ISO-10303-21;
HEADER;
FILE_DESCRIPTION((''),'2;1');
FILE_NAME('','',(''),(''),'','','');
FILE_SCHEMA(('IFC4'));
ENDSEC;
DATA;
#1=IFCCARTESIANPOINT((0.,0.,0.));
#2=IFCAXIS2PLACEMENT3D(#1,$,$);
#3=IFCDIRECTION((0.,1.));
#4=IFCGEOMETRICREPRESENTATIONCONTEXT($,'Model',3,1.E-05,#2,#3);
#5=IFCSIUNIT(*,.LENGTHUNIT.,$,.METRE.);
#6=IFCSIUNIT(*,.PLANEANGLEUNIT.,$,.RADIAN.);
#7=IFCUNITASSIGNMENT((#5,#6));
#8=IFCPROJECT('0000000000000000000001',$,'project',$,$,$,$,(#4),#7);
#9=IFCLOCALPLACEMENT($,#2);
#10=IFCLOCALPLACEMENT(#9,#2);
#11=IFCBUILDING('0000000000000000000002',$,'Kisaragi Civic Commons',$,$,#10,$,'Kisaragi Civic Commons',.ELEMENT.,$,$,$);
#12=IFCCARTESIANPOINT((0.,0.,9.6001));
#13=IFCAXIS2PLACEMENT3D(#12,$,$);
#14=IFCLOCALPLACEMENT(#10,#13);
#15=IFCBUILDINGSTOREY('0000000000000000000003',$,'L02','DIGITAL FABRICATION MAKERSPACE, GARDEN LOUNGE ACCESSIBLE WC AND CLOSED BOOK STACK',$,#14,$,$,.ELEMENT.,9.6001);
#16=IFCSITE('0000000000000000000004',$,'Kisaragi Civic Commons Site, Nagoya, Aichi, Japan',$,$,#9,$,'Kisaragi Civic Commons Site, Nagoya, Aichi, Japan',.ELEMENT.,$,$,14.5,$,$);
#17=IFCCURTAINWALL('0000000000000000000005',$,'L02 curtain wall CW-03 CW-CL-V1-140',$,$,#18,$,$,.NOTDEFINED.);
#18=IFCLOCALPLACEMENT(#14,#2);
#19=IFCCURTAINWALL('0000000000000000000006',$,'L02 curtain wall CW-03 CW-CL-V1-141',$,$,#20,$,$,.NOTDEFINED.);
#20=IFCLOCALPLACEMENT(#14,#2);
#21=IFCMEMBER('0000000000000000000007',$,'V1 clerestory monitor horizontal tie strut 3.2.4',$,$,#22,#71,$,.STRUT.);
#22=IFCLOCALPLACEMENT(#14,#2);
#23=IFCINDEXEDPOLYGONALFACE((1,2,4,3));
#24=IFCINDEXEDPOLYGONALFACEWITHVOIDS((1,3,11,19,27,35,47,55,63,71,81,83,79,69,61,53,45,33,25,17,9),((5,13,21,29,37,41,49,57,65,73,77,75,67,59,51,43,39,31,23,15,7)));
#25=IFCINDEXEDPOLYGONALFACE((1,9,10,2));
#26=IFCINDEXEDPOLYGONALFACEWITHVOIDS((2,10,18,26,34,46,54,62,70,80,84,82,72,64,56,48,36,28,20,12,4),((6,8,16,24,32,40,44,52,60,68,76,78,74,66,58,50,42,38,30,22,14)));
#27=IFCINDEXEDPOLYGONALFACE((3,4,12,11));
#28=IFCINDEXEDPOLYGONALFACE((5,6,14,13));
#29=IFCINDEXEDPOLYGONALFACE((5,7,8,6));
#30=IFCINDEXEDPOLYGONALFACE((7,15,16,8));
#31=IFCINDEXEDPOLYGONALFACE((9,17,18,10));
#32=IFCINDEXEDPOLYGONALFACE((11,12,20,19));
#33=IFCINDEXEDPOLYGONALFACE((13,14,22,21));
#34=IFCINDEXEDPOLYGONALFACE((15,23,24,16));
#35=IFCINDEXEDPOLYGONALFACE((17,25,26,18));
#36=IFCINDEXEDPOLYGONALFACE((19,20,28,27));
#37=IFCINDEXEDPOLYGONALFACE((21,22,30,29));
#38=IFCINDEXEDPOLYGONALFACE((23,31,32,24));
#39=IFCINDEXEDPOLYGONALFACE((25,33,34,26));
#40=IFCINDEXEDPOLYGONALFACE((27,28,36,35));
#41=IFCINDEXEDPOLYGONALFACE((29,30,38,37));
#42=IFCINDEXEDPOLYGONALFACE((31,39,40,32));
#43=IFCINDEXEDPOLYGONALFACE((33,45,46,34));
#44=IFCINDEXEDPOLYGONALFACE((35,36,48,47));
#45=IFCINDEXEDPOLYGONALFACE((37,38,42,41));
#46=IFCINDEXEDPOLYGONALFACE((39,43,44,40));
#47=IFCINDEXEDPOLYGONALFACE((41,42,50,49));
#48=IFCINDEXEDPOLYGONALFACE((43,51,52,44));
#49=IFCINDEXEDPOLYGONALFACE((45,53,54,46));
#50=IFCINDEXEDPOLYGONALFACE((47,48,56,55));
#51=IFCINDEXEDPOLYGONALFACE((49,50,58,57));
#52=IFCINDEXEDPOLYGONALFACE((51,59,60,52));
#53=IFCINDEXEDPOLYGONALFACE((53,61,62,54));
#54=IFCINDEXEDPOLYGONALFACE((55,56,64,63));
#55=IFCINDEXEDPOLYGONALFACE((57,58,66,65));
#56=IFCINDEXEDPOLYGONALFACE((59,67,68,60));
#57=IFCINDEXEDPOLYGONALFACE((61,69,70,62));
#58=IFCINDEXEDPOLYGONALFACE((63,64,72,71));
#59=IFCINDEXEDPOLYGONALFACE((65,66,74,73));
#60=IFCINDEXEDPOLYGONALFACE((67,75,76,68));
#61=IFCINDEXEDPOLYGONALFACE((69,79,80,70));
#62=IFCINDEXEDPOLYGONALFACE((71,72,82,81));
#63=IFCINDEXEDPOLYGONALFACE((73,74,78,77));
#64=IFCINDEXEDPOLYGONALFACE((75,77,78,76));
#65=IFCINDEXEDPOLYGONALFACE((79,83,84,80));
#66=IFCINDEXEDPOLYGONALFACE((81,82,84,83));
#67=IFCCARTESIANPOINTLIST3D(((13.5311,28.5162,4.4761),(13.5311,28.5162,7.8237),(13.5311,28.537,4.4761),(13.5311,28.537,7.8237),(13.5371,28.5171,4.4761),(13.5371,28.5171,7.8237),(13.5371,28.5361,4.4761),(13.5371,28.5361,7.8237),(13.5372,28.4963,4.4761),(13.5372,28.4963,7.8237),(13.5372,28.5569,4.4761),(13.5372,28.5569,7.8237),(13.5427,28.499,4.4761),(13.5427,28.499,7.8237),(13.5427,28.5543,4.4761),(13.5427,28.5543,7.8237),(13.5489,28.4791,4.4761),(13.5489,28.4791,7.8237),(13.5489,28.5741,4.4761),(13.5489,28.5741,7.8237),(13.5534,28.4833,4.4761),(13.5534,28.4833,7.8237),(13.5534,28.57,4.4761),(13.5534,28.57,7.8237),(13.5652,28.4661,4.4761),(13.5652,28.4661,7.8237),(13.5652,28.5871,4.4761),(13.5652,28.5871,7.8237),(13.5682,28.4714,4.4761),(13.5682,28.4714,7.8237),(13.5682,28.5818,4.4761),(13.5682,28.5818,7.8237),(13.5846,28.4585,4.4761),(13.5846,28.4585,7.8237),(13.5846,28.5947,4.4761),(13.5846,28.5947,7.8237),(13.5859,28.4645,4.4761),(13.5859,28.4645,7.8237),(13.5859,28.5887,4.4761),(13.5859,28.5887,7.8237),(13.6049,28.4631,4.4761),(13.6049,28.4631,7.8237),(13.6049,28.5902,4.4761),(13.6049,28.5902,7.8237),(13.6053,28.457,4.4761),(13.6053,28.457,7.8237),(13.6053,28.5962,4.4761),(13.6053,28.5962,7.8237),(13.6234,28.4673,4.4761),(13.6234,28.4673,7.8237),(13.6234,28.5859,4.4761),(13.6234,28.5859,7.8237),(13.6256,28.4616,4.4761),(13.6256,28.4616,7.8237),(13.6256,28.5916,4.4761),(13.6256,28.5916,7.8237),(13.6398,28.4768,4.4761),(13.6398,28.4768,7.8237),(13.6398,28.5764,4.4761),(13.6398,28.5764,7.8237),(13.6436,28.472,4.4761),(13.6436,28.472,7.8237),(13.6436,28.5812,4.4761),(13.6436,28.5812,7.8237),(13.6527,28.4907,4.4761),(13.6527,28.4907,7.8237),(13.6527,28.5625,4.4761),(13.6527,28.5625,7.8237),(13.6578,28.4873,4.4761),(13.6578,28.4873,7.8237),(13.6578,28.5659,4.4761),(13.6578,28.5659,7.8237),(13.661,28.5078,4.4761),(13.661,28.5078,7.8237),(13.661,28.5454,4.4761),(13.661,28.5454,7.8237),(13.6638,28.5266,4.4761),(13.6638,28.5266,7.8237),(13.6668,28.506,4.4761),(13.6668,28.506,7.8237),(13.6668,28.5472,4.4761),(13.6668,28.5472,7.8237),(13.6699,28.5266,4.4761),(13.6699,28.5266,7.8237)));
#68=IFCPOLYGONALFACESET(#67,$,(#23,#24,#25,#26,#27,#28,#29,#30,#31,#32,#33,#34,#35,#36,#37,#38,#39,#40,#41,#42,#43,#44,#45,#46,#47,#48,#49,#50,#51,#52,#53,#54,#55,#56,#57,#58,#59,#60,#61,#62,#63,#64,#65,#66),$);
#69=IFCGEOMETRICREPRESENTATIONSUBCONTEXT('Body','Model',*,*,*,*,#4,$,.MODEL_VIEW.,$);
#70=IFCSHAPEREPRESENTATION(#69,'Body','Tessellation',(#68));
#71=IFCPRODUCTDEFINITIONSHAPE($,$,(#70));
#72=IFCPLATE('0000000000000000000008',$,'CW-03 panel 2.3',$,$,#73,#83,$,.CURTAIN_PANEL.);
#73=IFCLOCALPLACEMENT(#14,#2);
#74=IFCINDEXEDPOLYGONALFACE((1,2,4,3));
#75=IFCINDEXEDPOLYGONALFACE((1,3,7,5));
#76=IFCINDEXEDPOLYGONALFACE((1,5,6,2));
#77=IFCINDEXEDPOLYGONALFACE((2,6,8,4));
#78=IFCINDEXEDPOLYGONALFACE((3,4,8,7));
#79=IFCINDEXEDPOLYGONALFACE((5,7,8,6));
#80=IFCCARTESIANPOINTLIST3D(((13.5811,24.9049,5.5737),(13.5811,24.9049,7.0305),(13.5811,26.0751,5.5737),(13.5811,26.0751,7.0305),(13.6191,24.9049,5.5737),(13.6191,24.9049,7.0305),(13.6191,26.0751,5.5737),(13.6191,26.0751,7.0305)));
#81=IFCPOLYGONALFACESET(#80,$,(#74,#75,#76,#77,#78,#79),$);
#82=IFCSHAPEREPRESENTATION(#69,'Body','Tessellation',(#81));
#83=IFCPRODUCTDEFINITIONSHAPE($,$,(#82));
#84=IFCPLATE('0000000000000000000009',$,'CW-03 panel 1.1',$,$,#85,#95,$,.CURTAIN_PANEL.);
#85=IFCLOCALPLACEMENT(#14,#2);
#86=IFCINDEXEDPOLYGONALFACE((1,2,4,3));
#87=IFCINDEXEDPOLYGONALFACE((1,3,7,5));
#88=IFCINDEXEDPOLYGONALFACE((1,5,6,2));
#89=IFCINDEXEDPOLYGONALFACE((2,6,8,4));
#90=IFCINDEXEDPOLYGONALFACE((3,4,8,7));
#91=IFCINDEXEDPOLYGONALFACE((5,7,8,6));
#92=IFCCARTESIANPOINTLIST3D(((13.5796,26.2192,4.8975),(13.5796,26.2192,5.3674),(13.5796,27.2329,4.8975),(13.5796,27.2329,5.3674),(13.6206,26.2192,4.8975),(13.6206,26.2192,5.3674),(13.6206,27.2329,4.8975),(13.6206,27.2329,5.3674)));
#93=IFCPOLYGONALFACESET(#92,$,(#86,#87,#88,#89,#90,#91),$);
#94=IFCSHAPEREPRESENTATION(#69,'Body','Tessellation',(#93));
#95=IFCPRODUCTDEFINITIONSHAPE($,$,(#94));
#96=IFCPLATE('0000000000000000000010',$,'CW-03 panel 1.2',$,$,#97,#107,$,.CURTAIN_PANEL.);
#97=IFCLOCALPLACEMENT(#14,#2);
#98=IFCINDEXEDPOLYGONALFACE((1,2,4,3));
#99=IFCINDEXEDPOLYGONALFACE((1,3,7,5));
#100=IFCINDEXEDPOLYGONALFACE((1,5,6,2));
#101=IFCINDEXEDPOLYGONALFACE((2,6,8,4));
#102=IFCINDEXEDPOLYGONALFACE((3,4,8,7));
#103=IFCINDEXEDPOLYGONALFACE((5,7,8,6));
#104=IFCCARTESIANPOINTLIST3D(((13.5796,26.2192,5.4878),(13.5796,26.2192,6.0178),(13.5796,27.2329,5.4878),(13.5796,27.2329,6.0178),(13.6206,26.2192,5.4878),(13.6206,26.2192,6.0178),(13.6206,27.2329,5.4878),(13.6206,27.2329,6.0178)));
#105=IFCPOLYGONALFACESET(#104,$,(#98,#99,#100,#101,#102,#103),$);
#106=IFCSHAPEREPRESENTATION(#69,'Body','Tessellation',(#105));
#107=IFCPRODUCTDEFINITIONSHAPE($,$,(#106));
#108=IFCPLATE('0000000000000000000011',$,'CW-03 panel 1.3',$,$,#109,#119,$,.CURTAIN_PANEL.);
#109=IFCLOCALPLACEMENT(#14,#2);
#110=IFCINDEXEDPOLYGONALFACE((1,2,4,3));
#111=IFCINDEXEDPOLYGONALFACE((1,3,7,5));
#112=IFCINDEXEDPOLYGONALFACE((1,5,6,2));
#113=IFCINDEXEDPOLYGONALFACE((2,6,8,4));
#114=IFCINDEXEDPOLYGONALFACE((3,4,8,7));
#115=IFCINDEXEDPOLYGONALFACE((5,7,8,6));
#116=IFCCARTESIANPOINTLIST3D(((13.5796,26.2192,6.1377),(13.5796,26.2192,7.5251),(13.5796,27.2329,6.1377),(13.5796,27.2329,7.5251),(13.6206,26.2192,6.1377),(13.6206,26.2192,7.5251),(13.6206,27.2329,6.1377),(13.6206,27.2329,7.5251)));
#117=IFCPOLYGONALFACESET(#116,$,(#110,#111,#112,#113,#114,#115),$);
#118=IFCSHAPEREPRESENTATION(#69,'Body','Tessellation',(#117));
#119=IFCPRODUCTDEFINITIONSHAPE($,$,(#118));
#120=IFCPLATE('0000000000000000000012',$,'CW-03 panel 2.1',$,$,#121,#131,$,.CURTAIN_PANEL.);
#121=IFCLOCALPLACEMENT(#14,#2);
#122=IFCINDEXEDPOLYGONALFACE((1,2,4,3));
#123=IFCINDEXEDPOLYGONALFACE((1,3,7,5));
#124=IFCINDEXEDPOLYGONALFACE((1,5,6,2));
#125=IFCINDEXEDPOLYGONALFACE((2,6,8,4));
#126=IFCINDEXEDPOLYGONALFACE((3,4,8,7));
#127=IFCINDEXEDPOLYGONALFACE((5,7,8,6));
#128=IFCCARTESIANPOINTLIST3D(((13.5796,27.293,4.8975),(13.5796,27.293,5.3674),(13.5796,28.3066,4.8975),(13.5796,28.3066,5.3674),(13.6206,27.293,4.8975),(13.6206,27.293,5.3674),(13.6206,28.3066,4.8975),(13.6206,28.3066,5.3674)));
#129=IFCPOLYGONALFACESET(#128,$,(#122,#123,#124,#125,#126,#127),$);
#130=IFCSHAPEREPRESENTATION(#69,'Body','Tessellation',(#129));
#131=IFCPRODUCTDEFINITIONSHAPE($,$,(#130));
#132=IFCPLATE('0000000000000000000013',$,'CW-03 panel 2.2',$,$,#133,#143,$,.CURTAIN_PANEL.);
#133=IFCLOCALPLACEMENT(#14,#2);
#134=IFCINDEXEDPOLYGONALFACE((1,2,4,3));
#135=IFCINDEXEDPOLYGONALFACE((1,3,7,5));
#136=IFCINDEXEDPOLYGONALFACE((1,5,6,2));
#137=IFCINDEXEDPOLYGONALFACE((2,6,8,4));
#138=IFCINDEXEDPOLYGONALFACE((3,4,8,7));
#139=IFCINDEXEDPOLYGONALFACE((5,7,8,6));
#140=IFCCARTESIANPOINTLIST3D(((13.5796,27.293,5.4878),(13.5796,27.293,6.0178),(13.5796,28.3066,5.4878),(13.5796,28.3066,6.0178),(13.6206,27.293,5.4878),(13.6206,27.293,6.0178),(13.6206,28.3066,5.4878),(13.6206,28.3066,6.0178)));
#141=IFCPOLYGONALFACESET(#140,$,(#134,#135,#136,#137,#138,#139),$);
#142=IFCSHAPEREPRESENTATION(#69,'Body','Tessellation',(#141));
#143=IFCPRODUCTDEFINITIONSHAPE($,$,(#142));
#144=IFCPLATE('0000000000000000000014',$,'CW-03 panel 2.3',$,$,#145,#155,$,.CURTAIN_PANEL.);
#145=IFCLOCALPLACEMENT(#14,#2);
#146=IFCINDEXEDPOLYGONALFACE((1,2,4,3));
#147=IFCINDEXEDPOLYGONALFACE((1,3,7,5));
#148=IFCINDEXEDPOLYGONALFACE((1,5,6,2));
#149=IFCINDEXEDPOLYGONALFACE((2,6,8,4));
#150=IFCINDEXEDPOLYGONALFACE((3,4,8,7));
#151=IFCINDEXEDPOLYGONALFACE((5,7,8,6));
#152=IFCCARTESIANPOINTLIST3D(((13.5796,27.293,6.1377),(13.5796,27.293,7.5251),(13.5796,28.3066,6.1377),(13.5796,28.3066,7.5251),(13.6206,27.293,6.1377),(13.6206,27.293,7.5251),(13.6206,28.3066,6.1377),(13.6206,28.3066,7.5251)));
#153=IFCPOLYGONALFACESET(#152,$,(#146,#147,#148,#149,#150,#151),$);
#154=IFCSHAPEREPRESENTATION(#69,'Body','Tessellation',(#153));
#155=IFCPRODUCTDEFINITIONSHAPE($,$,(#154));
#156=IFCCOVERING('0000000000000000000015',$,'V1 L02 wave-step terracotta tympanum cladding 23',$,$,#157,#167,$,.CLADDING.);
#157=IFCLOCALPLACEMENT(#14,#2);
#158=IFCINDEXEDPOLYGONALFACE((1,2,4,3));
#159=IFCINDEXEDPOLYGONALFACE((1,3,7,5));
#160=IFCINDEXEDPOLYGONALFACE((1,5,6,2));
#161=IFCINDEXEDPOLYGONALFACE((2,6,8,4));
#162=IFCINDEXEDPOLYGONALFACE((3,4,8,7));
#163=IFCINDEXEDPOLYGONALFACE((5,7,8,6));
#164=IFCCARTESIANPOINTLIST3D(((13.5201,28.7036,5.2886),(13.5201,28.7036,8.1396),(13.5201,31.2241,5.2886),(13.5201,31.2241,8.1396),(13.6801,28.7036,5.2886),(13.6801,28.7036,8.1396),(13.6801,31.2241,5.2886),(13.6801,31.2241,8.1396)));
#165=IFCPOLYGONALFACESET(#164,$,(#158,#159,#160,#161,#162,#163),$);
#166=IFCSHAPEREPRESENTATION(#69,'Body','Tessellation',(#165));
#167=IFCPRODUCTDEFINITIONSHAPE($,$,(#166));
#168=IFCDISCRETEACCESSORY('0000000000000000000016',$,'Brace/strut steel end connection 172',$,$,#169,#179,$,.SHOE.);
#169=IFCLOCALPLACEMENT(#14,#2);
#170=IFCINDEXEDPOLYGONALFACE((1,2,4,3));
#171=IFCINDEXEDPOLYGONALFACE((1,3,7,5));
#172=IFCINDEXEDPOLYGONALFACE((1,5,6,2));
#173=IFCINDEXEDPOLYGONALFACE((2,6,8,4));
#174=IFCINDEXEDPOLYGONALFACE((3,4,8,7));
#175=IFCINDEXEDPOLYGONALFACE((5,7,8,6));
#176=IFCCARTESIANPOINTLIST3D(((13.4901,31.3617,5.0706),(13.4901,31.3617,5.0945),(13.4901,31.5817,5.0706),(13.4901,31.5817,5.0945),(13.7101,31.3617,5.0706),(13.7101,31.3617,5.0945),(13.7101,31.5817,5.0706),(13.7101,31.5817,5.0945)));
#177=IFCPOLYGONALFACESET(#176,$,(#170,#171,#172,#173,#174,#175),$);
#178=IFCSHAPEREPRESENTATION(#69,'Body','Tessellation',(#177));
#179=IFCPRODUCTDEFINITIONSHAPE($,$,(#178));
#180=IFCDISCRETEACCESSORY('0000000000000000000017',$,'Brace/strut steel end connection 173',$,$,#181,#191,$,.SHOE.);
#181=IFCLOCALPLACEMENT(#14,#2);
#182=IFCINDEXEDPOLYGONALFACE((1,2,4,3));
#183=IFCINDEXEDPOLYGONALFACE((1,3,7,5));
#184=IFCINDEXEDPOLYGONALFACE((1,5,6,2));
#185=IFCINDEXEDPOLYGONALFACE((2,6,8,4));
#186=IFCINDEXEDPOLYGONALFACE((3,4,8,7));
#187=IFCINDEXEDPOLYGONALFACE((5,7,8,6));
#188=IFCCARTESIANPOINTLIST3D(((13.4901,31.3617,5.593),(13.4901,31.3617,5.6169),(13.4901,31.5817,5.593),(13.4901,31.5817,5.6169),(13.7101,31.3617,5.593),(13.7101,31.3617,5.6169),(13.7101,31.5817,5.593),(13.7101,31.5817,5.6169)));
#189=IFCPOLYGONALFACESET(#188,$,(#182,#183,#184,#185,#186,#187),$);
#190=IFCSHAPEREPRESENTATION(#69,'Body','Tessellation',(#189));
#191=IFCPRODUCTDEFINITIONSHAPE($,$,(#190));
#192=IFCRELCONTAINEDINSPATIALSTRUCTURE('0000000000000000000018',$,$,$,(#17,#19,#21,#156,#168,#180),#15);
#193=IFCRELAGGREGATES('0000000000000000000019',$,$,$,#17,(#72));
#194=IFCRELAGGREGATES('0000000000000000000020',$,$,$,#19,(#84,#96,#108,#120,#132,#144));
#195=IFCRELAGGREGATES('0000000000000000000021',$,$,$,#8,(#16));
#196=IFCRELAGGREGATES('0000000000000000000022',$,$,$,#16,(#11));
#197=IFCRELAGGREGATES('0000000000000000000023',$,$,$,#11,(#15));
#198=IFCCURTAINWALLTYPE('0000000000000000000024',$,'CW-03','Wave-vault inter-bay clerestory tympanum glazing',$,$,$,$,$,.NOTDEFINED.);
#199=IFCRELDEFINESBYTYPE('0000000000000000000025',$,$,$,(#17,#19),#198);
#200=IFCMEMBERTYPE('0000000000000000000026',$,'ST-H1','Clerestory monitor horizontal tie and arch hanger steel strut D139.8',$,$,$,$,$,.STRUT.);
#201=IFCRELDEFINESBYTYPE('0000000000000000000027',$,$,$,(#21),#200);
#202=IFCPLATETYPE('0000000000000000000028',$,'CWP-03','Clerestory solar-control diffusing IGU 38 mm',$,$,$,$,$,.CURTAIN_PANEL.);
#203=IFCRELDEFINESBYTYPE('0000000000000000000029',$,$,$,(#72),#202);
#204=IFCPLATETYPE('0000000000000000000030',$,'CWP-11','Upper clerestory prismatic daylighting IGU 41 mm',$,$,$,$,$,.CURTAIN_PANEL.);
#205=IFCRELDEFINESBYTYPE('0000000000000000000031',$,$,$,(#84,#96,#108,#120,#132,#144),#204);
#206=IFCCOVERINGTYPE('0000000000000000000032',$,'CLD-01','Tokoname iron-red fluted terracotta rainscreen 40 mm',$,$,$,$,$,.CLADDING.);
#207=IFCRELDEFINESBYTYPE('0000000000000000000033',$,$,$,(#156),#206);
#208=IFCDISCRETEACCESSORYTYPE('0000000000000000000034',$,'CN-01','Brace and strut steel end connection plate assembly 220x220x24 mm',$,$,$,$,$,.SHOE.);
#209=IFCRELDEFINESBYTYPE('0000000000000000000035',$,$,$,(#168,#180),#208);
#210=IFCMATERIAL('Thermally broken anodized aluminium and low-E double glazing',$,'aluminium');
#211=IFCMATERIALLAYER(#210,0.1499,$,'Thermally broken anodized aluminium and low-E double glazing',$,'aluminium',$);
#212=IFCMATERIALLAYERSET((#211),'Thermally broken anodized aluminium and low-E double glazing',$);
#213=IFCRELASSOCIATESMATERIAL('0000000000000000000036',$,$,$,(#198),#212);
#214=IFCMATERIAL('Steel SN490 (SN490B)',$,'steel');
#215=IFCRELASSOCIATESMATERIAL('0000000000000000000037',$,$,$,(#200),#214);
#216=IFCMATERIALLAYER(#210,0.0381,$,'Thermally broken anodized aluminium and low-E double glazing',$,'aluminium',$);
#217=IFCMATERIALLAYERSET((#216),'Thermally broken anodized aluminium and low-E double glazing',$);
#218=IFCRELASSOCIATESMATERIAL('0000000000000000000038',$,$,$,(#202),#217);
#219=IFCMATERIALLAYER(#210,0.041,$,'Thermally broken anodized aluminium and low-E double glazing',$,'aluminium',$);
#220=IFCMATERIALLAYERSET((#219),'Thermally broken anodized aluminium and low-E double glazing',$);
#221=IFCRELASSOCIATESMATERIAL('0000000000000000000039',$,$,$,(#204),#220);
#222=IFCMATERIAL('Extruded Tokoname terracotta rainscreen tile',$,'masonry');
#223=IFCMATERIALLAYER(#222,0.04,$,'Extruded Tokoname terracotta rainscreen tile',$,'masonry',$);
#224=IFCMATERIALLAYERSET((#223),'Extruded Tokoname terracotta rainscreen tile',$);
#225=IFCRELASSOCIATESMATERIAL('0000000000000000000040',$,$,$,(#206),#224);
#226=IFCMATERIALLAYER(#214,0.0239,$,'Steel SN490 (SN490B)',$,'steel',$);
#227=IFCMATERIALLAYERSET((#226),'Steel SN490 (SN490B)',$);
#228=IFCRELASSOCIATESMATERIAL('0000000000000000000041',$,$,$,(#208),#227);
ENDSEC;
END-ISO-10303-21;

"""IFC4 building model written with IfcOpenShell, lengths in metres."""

from ifc_helpers import new_model, si_unit, direction, frame, origin, origin_2d, place, context, subcontext, project, spatial, rectangle, hollow_circle, extrude, material, layer, layer_set, material_profile, profile_set, type_object, element, aggregate, save


model = new_model("IFC4")

# Units and contexts
model_context = context("Model", 3, precision=1e-05, world=origin(), true_north=direction((0.0, 1.0)))
body_context = subcontext(model_context, "Body", "Model", "MODEL_VIEW")
ifc_project = project(units=[si_unit("LENGTHUNIT", "METRE"), si_unit("PLANEANGLEUNIT", "RADIAN")], contexts=[model_context])

# Site, building, storey
site_placement = place(None, origin())
site = spatial("IfcSite", under=ifc_project, at=site_placement, Name="Kisaragi Civic Commons Site, Nagoya, Aichi, Japan", LongName="Kisaragi Civic Commons Site, Nagoya, Aichi, Japan", CompositionType="ELEMENT", RefElevation=14.5)
building_placement = place(site_placement, origin())
building = spatial("IfcBuilding", under=site, at=building_placement, Name="Kisaragi Civic Commons", LongName="Kisaragi Civic Commons", CompositionType="ELEMENT")
storey_placement = place(building_placement, frame((0.0, 0.0, 9.6001)))
storey = spatial("IfcBuildingStorey", under=building, at=storey_placement, Name="L02", Description="DIGITAL FABRICATION MAKERSPACE, GARDEN LOUNGE ACCESSIBLE WC AND CLOSED BOOK STACK", CompositionType="ELEMENT", Elevation=9.6001)

# Curtain wall
ifc_material_1 = material(Name="Thermally broken anodized aluminium and low-E double glazing", Category="aluminium")
ifc_layer_1 = layer(ifc_material_1, 0.1499, Name="Thermally broken anodized aluminium and low-E double glazing", Category="aluminium")
ifc_layer_set_1 = layer_set([ifc_layer_1], Name="Thermally broken anodized aluminium and low-E double glazing")
curtain_wall_type = type_object("IfcCurtainWallType", Name="CW-03", Description="Wave-vault inter-bay clerestory tympanum glazing", PredefinedType="NOTDEFINED", material=ifc_layer_set_1)
curtain_wall_1_placement = place(storey_placement, origin())
curtain_wall_1 = element("IfcCurtainWall", 1, at=curtain_wall_1_placement, inside=storey, type_object=curtain_wall_type, Name="L02 curtain wall CW-03 CW-CL-V1-140", PredefinedType="NOTDEFINED")

# Curtain wall
curtain_wall_2_placement = place(storey_placement, origin())
curtain_wall_2 = element("IfcCurtainWall", 2, at=curtain_wall_2_placement, inside=storey, type_object=curtain_wall_type, Name="L02 curtain wall CW-03 CW-CL-V1-141", PredefinedType="NOTDEFINED")

# Member
ifc_material_2 = material(Name="Steel SN490 (SN490B)", Category="steel")
ifc_material_profile_1 = material_profile(ifc_material_2, hollow_circle(Radius=0.0698, WallThickness=0.0061, at=origin_2d()), Name="CHS-139.8x6.0", Category="steel")
ifc_profile_set_1 = profile_set([ifc_material_profile_1], Name="Steel SN490 (SN490B)")
member_type_1 = type_object("IfcMemberType", Name="ST-H1", Description="Clerestory monitor horizontal tie and arch hanger steel strut D139.8", PredefinedType="STRUT", material=ifc_profile_set_1)
member_1_placement = place(storey_placement, frame((13.6001, 28.5266, 4.4761), z_axis=(0.0, 0.0, 1.0), x_axis=(1.0, 0.0, 0.0)))
element("IfcMember", 3, at=member_1_placement, inside=storey, type_object=member_type_1, Name="V1 clerestory monitor horizontal tie strut 3.2.4", PredefinedType="STRUT", context=body_context, shape_type="SweptSolid", body=[
    extrude(hollow_circle(Radius=0.0698, WallThickness=0.0061, at=origin_2d()), origin(), (0.0, 0.0, 1.0), 3.3477),
])

# Plates
ifc_layer_2 = layer(ifc_material_1, 0.0381, Name="Thermally broken anodized aluminium and low-E double glazing", Category="aluminium")
ifc_layer_set_2 = layer_set([ifc_layer_2], Name="Thermally broken anodized aluminium and low-E double glazing")
plate_type_1 = type_object("IfcPlateType", Name="CWP-03", Description="Clerestory solar-control diffusing IGU 38 mm", PredefinedType="CURTAIN_PANEL", material=ifc_layer_set_2)
plate_1_placement = place(storey_placement, frame((13.6001, 25.49, 5.5737), z_axis=(0.0, 0.0, 1.0), x_axis=(0.0, 1.0, 0.0)))
plate_1 = element("IfcPlate", 4, at=plate_1_placement, type_object=plate_type_1, Name="CW-03 panel 2.3", PredefinedType="CURTAIN_PANEL", context=body_context, shape_type="SweptSolid", body=[
    extrude(rectangle(XDim=1.1702, YDim=0.0381, at=origin_2d()), origin(), (0.0, 0.0, 1.0), 1.4568),
])
aggregate(curtain_wall_1, [plate_1])
ifc_layer_3 = layer(ifc_material_1, 0.041, Name="Thermally broken anodized aluminium and low-E double glazing", Category="aluminium")
ifc_layer_set_3 = layer_set([ifc_layer_3], Name="Thermally broken anodized aluminium and low-E double glazing")
plate_type_2 = type_object("IfcPlateType", Name="CWP-11", Description="Upper clerestory prismatic daylighting IGU 41 mm", PredefinedType="CURTAIN_PANEL", material=ifc_layer_set_3)
plate_2_placement = place(storey_placement, frame((13.6001, 26.7261, 4.8975), z_axis=(0.0, 0.0, 1.0), x_axis=(0.0, 1.0, 0.0)))
plate_2 = element("IfcPlate", 5, at=plate_2_placement, type_object=plate_type_2, Name="CW-03 panel 1.1", PredefinedType="CURTAIN_PANEL", context=body_context, shape_type="SweptSolid", body=[
    extrude(rectangle(XDim=1.0137, YDim=0.041, at=origin_2d()), origin(), (0.0, 0.0, 1.0), 0.47),
])
plate_3_placement = place(storey_placement, frame((13.6001, 26.7261, 5.4878), z_axis=(0.0, 0.0, 1.0), x_axis=(0.0, 1.0, 0.0)))
plate_3 = element("IfcPlate", 6, at=plate_3_placement, type_object=plate_type_2, Name="CW-03 panel 1.2", PredefinedType="CURTAIN_PANEL", context=body_context, shape_type="SweptSolid", body=[
    extrude(rectangle(XDim=1.0137, YDim=0.041, at=origin_2d()), origin(), (0.0, 0.0, 1.0), 0.53),
])
plate_4_placement = place(storey_placement, frame((13.6001, 26.7261, 6.1377), z_axis=(0.0, 0.0, 1.0), x_axis=(0.0, 1.0, 0.0)))
plate_4 = element("IfcPlate", 7, at=plate_4_placement, type_object=plate_type_2, Name="CW-03 panel 1.3", PredefinedType="CURTAIN_PANEL", context=body_context, shape_type="SweptSolid", body=[
    extrude(rectangle(XDim=1.0137, YDim=0.041, at=origin_2d()), origin(), (0.0, 0.0, 1.0), 1.3875),
])
plate_5_placement = place(storey_placement, frame((13.6001, 27.7998, 4.8975), z_axis=(0.0, 0.0, 1.0), x_axis=(0.0, 1.0, 0.0)))
plate_5 = element("IfcPlate", 8, at=plate_5_placement, type_object=plate_type_2, Name="CW-03 panel 2.1", PredefinedType="CURTAIN_PANEL", context=body_context, shape_type="SweptSolid", body=[
    extrude(rectangle(XDim=1.0137, YDim=0.041, at=origin_2d()), origin(), (0.0, 0.0, 1.0), 0.47),
])
plate_6_placement = place(storey_placement, frame((13.6001, 27.7998, 5.4878), z_axis=(0.0, 0.0, 1.0), x_axis=(0.0, 1.0, 0.0)))
plate_6 = element("IfcPlate", 9, at=plate_6_placement, type_object=plate_type_2, Name="CW-03 panel 2.2", PredefinedType="CURTAIN_PANEL", context=body_context, shape_type="SweptSolid", body=[
    extrude(rectangle(XDim=1.0137, YDim=0.041, at=origin_2d()), origin(), (0.0, 0.0, 1.0), 0.53),
])
plate_7_placement = place(storey_placement, frame((13.6001, 27.7998, 6.1377), z_axis=(0.0, 0.0, 1.0), x_axis=(0.0, 1.0, 0.0)))
plate_7 = element("IfcPlate", 10, at=plate_7_placement, type_object=plate_type_2, Name="CW-03 panel 2.3", PredefinedType="CURTAIN_PANEL", context=body_context, shape_type="SweptSolid", body=[
    extrude(rectangle(XDim=1.0137, YDim=0.041, at=origin_2d()), origin(), (0.0, 0.0, 1.0), 1.3875),
])
aggregate(curtain_wall_2, [plate_2, plate_3, plate_4, plate_5, plate_6, plate_7])

# Covering
ifc_material_3 = material(Name="Extruded Tokoname terracotta rainscreen tile", Category="masonry")
ifc_layer_4 = layer(ifc_material_3, 0.04, Name="Extruded Tokoname terracotta rainscreen tile", Category="masonry")
ifc_layer_set_4 = layer_set([ifc_layer_4], Name="Extruded Tokoname terracotta rainscreen tile")
covering_type = type_object("IfcCoveringType", Name="CLD-01", Description="Tokoname iron-red fluted terracotta rainscreen 40 mm", PredefinedType="CLADDING", material=ifc_layer_set_4)
covering_placement = place(storey_placement, frame((13.6001, 29.9639, 5.2886), z_axis=(0.0, 0.0, 1.0), x_axis=(0.0, 1.0, 0.0)))
element("IfcCovering", 11, at=covering_placement, inside=storey, type_object=covering_type, Name="V1 L02 wave-step terracotta tympanum cladding 23", PredefinedType="CLADDING", context=body_context, shape_type="SweptSolid", body=[
    extrude(rectangle(XDim=2.5205, YDim=0.1599, at=origin_2d()), origin(), (0.0, 0.0, 1.0), 2.8511),
])

# Discrete accessories
ifc_layer_5 = layer(ifc_material_2, 0.0239, Name="Steel SN490 (SN490B)", Category="steel")
ifc_layer_set_5 = layer_set([ifc_layer_5], Name="Steel SN490 (SN490B)")
discrete_accessory_type = type_object("IfcDiscreteAccessoryType", Name="CN-01", Description="Brace and strut steel end connection plate assembly 220x220x24 mm", PredefinedType="SHOE", material=ifc_layer_set_5)
for number, where, z_axis, x_axis, name in (
    (12, (13.6001, 31.4717, 5.0706), (0.0, 0.0, 1.0), (1.0, 0.0, 0.0), "Brace/strut steel end connection 172"),
    (13, (13.6001, 31.4717, 5.593), (0.0, 0.0, 1.0), (1.0, 0.0, 0.0), "Brace/strut steel end connection 173"),
):
    element("IfcDiscreteAccessory", number, at=place(storey_placement, frame(where, z_axis=z_axis, x_axis=x_axis)), inside=storey, type_object=discrete_accessory_type, Name=name, PredefinedType="SHOE", context=body_context, shape_type="SweptSolid", body=[
        extrude(rectangle(XDim=0.22, YDim=0.22, at=origin_2d()), origin(), (0.0, 0.0, 1.0), 0.0239),
    ])

save(model, "model.ifc")
